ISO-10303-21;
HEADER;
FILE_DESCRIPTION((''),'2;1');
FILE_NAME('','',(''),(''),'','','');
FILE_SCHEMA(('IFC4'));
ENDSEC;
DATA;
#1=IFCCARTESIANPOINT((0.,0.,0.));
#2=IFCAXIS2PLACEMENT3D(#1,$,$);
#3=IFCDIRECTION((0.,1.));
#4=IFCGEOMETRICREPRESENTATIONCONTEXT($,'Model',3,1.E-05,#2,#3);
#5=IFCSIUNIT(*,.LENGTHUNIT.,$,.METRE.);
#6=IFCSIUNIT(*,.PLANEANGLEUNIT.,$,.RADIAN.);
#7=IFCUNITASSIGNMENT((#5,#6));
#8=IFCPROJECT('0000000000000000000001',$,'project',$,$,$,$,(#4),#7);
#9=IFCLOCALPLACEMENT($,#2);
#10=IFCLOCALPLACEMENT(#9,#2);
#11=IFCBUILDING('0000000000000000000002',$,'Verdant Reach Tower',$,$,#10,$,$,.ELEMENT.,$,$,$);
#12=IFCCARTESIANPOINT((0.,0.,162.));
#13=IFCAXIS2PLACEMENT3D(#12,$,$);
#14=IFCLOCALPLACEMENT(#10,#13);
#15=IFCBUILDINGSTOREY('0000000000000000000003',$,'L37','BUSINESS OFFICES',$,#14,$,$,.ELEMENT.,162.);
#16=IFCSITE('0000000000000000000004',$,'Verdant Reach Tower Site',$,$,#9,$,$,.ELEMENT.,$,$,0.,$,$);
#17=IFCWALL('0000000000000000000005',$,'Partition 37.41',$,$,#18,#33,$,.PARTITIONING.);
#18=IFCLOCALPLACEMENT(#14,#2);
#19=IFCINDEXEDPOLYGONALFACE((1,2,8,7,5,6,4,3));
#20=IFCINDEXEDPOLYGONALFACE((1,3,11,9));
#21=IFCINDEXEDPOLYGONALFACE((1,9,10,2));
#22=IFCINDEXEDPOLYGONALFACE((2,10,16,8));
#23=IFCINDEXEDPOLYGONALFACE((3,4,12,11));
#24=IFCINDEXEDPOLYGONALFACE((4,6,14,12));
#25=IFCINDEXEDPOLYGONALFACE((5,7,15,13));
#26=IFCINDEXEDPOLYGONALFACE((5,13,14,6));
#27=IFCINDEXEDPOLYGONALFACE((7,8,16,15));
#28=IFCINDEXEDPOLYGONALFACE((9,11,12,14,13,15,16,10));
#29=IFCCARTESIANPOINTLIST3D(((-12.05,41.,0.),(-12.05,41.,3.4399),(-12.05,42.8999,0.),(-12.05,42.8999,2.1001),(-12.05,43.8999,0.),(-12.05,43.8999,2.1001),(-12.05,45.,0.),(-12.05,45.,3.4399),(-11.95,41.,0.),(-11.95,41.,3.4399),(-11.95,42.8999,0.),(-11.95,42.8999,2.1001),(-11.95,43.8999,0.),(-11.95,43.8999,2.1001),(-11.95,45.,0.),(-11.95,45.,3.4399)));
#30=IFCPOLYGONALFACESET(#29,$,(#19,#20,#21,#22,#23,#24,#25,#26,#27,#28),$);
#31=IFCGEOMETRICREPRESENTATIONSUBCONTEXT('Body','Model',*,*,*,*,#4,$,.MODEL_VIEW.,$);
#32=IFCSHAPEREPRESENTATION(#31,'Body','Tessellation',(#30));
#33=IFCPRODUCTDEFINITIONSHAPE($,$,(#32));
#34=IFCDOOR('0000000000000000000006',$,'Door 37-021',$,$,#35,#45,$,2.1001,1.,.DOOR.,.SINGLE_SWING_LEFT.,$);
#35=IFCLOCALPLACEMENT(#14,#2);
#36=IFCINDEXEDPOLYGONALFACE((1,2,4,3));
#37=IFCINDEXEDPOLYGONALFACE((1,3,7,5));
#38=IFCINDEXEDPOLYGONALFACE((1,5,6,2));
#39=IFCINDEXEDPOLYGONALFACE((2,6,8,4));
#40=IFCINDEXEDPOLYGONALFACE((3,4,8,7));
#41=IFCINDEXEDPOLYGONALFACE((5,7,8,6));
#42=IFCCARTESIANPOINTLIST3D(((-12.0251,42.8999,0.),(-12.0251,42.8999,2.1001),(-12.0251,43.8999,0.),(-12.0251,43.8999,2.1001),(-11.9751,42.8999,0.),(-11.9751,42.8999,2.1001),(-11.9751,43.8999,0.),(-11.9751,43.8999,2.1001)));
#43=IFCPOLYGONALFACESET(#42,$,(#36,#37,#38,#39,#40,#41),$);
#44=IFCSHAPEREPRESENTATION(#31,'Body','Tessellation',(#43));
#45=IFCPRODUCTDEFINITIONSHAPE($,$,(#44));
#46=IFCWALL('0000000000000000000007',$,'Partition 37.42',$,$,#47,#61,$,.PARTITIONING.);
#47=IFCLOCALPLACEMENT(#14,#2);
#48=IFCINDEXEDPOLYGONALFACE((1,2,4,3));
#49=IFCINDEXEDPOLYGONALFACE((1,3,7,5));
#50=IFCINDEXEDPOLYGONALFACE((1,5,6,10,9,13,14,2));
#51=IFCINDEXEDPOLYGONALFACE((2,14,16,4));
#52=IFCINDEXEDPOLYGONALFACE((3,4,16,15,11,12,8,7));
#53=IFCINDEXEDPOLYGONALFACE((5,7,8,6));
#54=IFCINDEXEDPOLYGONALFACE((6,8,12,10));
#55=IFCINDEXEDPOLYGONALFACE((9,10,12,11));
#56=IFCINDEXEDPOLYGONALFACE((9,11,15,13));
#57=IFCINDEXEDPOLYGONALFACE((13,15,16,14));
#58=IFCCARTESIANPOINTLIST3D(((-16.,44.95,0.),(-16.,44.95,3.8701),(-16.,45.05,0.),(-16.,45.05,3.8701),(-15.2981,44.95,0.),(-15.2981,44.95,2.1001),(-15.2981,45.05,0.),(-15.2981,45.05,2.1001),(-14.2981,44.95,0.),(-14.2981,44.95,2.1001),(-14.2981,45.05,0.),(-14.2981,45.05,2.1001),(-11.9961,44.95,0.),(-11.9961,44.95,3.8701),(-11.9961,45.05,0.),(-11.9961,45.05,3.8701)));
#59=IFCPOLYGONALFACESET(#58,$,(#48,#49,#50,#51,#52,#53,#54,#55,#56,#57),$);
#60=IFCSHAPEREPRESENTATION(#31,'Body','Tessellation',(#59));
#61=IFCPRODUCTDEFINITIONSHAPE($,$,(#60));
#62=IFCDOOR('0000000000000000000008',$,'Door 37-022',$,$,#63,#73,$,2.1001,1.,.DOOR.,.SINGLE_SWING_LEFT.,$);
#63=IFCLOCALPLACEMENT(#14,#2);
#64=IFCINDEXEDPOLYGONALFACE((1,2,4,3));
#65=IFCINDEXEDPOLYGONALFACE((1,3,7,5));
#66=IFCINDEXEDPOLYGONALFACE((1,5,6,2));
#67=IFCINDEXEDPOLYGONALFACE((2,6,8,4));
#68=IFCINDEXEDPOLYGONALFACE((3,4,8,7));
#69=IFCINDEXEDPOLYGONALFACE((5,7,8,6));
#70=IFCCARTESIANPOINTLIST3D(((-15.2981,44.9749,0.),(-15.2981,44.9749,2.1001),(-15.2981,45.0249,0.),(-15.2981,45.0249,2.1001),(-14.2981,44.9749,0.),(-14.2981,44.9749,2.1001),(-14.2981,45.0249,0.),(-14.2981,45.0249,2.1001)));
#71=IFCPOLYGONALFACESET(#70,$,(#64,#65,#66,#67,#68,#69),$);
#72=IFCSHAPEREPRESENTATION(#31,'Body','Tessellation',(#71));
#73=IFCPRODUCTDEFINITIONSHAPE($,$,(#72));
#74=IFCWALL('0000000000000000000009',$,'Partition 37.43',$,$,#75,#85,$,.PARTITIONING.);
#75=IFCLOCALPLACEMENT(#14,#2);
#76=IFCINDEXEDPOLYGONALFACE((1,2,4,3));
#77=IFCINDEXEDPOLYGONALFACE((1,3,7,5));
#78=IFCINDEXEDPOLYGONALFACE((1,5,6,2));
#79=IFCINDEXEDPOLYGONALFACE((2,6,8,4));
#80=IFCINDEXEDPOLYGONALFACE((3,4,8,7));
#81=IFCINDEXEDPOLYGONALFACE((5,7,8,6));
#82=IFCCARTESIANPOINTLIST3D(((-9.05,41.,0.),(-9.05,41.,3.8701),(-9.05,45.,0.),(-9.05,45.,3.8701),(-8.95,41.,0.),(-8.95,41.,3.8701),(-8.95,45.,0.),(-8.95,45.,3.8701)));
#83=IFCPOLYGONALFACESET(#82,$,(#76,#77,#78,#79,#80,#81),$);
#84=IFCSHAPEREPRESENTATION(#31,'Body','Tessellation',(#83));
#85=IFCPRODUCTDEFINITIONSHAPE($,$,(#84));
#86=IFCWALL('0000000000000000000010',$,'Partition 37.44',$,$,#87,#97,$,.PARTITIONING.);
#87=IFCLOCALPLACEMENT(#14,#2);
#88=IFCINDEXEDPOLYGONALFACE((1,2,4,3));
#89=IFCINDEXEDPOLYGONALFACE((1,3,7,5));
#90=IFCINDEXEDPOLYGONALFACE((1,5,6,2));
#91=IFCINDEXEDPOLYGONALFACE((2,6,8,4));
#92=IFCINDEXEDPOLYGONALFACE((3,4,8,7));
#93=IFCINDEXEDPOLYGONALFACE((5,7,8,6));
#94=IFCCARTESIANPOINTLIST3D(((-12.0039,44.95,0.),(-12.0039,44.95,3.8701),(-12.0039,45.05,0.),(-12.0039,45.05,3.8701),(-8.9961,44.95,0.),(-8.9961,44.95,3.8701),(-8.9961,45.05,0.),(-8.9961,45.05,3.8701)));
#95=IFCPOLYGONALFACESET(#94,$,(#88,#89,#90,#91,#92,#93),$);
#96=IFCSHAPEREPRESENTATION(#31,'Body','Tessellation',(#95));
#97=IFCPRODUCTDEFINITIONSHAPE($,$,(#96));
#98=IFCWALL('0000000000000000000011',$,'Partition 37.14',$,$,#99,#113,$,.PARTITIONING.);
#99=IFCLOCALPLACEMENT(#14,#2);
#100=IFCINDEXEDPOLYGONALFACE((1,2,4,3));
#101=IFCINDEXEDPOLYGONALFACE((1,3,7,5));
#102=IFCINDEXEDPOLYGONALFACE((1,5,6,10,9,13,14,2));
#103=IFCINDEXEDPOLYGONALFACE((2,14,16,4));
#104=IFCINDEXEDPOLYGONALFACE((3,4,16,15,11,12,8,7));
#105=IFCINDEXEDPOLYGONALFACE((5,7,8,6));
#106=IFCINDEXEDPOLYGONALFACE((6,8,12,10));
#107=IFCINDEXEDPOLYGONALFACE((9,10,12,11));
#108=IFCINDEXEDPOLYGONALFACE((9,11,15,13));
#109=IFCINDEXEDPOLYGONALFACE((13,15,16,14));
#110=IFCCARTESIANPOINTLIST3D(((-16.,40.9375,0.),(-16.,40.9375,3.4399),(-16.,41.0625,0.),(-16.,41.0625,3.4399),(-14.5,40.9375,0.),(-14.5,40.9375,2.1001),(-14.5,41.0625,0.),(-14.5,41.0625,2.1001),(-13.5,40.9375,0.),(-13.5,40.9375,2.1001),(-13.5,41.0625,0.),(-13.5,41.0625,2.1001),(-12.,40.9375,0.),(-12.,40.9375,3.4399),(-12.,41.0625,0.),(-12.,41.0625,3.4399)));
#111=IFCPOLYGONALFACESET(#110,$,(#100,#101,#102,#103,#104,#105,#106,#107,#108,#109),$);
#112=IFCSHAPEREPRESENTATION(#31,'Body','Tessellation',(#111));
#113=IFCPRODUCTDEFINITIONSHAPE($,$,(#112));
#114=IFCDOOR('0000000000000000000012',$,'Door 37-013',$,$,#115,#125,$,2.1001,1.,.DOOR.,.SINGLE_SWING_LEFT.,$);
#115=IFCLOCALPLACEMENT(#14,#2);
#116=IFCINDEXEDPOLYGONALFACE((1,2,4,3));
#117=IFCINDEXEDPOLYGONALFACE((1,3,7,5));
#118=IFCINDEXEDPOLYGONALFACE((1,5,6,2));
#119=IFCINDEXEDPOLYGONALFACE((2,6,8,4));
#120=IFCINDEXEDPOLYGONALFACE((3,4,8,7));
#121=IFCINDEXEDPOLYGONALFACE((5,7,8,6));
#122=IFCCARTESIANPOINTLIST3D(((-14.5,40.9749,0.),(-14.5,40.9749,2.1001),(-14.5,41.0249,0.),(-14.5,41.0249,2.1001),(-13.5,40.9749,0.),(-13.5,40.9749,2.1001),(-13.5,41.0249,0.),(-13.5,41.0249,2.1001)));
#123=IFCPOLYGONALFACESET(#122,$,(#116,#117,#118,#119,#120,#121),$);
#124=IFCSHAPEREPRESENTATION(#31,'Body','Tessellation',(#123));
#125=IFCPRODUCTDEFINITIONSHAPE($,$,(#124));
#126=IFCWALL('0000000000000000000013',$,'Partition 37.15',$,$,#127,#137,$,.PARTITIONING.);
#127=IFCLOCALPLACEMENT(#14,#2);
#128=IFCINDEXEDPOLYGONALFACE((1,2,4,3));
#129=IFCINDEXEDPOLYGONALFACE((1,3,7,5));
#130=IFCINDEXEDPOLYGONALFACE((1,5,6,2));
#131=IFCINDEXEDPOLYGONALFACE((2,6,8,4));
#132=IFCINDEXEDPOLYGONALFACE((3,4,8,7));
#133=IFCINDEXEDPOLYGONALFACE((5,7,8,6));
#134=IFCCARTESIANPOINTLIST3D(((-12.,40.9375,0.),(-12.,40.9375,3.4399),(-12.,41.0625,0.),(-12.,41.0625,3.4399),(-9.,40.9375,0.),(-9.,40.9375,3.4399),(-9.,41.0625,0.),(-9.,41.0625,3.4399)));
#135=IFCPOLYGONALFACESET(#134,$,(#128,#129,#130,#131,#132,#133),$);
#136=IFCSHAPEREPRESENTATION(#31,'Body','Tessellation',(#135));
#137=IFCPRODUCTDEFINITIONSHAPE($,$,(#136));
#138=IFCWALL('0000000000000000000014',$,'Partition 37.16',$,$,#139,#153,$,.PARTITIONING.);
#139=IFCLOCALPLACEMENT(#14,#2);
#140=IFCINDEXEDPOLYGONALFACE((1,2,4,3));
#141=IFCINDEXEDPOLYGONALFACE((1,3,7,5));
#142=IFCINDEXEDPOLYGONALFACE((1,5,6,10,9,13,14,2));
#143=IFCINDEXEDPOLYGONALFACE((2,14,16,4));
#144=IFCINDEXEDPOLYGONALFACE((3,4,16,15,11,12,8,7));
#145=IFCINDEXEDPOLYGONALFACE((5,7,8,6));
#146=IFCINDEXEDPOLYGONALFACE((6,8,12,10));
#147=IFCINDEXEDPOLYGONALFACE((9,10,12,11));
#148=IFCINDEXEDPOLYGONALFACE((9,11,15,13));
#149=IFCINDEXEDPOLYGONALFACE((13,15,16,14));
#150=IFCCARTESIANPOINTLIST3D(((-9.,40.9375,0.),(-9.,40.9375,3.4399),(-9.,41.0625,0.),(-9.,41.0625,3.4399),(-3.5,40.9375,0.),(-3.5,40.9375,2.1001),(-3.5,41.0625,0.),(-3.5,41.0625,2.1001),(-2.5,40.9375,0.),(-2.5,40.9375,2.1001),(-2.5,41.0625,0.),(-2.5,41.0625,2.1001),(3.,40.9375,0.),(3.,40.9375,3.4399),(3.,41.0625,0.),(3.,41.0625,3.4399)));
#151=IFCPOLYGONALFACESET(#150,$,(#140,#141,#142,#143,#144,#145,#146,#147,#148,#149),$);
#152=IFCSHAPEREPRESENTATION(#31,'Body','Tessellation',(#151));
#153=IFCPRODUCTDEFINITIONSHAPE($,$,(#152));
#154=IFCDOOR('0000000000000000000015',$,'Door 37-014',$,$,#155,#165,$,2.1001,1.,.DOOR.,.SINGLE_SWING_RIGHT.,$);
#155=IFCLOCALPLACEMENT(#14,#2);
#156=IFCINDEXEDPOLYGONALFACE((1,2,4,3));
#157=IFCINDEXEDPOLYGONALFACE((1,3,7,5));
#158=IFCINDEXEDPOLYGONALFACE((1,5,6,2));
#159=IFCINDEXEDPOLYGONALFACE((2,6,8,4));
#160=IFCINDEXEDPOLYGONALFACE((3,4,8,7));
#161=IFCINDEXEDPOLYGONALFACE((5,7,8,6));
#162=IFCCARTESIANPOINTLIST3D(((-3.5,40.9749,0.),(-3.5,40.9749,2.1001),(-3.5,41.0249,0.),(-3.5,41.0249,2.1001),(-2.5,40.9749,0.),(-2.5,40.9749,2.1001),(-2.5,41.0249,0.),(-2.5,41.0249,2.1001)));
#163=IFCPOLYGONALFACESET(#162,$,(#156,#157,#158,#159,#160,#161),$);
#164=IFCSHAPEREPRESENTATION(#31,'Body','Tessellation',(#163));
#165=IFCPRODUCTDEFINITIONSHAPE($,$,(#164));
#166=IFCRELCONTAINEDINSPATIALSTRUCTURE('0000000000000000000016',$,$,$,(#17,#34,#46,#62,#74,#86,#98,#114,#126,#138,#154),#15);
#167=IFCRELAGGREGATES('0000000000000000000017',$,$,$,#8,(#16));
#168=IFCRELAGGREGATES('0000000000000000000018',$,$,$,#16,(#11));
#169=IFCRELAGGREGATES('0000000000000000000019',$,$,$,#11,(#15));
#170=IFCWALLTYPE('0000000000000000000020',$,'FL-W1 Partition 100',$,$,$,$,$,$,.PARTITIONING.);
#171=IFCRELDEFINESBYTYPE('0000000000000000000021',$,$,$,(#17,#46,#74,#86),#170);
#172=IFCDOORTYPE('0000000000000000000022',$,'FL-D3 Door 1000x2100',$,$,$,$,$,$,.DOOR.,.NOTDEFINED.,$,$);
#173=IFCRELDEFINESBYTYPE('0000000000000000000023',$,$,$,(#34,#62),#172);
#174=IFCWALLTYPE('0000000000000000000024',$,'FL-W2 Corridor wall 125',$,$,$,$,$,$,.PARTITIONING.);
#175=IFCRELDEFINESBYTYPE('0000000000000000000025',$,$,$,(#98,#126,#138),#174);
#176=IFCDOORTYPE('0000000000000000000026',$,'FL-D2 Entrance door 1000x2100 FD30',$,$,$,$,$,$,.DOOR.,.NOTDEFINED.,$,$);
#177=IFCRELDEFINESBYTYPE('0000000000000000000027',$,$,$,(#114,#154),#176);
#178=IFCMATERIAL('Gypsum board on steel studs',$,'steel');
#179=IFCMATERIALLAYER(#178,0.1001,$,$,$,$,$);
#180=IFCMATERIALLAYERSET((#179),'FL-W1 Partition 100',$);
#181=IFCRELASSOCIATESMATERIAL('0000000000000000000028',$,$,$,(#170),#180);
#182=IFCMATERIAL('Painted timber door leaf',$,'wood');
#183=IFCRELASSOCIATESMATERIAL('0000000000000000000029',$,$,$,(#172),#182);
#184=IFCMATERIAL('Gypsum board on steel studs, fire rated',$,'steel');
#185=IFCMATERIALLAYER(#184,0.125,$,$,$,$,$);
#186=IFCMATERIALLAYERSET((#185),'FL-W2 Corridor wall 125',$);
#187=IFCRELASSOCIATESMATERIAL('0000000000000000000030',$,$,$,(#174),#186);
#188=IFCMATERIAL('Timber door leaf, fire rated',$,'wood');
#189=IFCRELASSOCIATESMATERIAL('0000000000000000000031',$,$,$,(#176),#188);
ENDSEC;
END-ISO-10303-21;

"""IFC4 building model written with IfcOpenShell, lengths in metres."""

from ifc_helpers import new_model, si_unit, direction, frame, frame_2d, origin, place, context, subcontext, project, spatial, rectangle, extrude, material, layer, layer_set, type_object, element, fill, save


model = new_model("IFC4")

# Units and contexts
model_context = context("Model", 3, precision=1e-05, world=origin(), true_north=direction((0.0, 1.0)))
body_context = subcontext(model_context, "Body", "Model", "MODEL_VIEW")
ifc_project = project(units=[si_unit("LENGTHUNIT", "METRE"), si_unit("PLANEANGLEUNIT", "RADIAN")], contexts=[model_context])

# Site, building, storey
site_placement = place(None, origin())
site = spatial("IfcSite", under=ifc_project, at=site_placement, Name="Verdant Reach Tower Site", CompositionType="ELEMENT", RefElevation=0.0)
building_placement = place(site_placement, origin())
building = spatial("IfcBuilding", under=site, at=building_placement, Name="Verdant Reach Tower", CompositionType="ELEMENT")
storey_placement = place(building_placement, frame((0.0, 0.0, 162.0)))
storey = spatial("IfcBuildingStorey", under=building, at=storey_placement, Name="L37", Description="BUSINESS OFFICES", CompositionType="ELEMENT", Elevation=162.0)

# Shared definitions
ifc_material_1 = material(Name="Gypsum board on steel studs", Category="steel")
ifc_layer_1 = layer(ifc_material_1, 0.1001)
ifc_layer_set_1 = layer_set([ifc_layer_1], Name="FL-W1 Partition 100")
wall_type_1 = type_object("IfcWallType", Name="FL-W1 Partition 100", PredefinedType="PARTITIONING", material=ifc_layer_set_1)

# Walls, openings, doors
wall_1_placement = place(storey_placement, frame((-12.0, 45.0, 0.0), z_axis=(0.0, 0.0, 1.0), x_axis=(0.0, -1.0, 0.0)))
wall_1 = element("IfcWall", 1, at=wall_1_placement, inside=storey, type_object=wall_type_1, Name="Partition 37.41", PredefinedType="PARTITIONING", context=body_context, shape_type="SweptSolid", body=[
    extrude(rectangle(XDim=4.0, YDim=0.1001, at=frame_2d((2.0, 0.0))), origin(), (0.0, 0.0, 1.0), 3.4399),
])
opening_1_placement = place(wall_1_placement, frame((1.1001, 0.0, 0.0)))
opening_1 = element("IfcOpeningElement", 2, at=opening_1_placement, cuts=wall_1, PredefinedType="OPENING", context=body_context, shape_type="SweptSolid", body=[
    extrude(rectangle(XDim=1.0, YDim=2.1001, at=frame_2d((0.5, 1.05))), frame((0.0, 0.0601, 0.0), z_axis=(0.0, -1.0, 0.0), x_axis=(1.0, 0.0, 0.0)), (0.0, 0.0, 1.0), 0.1201),
])
ifc_material_2 = material(Name="Painted timber door leaf", Category="wood")
door_type_1 = type_object("IfcDoorType", Name="FL-D3 Door 1000x2100", OperationType="NOTDEFINED", PredefinedType="DOOR", material=ifc_material_2)
door_1_placement = place(opening_1_placement, origin())
door_1 = element("IfcDoor", 3, at=door_1_placement, inside=storey, type_object=door_type_1, Name="Door 37-021", OperationType="SINGLE_SWING_LEFT", OverallHeight=2.1001, OverallWidth=1.0, PredefinedType="DOOR", context=body_context, shape_type="SweptSolid", body=[
    extrude(rectangle(XDim=1.0, YDim=2.1001, at=frame_2d((0.5, 1.05))), frame((0.0, 0.0249, 0.0), z_axis=(0.0, -1.0, 0.0), x_axis=(1.0, 0.0, 0.0)), (0.0, 0.0, 1.0), 0.05),
])
fill(opening_1, door_1)
wall_2_placement = place(storey_placement, frame((-16.0, 45.0, 0.0), z_axis=(0.0, 0.0, 1.0), x_axis=(1.0, 0.0, 0.0)))
wall_2 = element("IfcWall", 4, at=wall_2_placement, inside=storey, type_object=wall_type_1, Name="Partition 37.42", PredefinedType="PARTITIONING", context=body_context, shape_type="SweptSolid", body=[
    extrude(rectangle(XDim=4.0039, YDim=0.1001, at=frame_2d((2.002, 0.0))), origin(), (0.0, 0.0, 1.0), 3.8701),
])
opening_2_placement = place(wall_2_placement, frame((0.7019, 0.0, 0.0)))
opening_2 = element("IfcOpeningElement", 5, at=opening_2_placement, cuts=wall_2, PredefinedType="OPENING", context=body_context, shape_type="SweptSolid", body=[
    extrude(rectangle(XDim=1.0, YDim=2.1001, at=frame_2d((0.5, 1.05))), frame((0.0, 0.0601, 0.0), z_axis=(0.0, -1.0, 0.0), x_axis=(1.0, 0.0, 0.0)), (0.0, 0.0, 1.0), 0.1201),
])
door_2_placement = place(opening_2_placement, origin())
door_2 = element("IfcDoor", 6, at=door_2_placement, inside=storey, type_object=door_type_1, Name="Door 37-022", OperationType="SINGLE_SWING_LEFT", OverallHeight=2.1001, OverallWidth=1.0, PredefinedType="DOOR", context=body_context, shape_type="SweptSolid", body=[
    extrude(rectangle(XDim=1.0, YDim=2.1001, at=frame_2d((0.5, 1.05))), frame((0.0, 0.0249, 0.0), z_axis=(0.0, -1.0, 0.0), x_axis=(1.0, 0.0, 0.0)), (0.0, 0.0, 1.0), 0.05),
])
fill(opening_2, door_2)

# Walls
wall_3_placement = place(storey_placement, frame((-9.0, 41.0, 0.0), z_axis=(0.0, 0.0, 1.0), x_axis=(0.0, 1.0, 0.0)))
element("IfcWall", 7, at=wall_3_placement, inside=storey, type_object=wall_type_1, Name="Partition 37.43", PredefinedType="PARTITIONING", context=body_context, shape_type="SweptSolid", body=[
    extrude(rectangle(XDim=4.0, YDim=0.1001, at=frame_2d((2.0, 0.0))), origin(), (0.0, 0.0, 1.0), 3.8701),
])
wall_4_placement = place(storey_placement, frame((-8.9961, 45.0, 0.0), z_axis=(0.0, 0.0, 1.0), x_axis=(-1.0, 0.0, 0.0)))
element("IfcWall", 8, at=wall_4_placement, inside=storey, type_object=wall_type_1, Name="Partition 37.44", PredefinedType="PARTITIONING", context=body_context, shape_type="SweptSolid", body=[
    extrude(rectangle(XDim=3.0078, YDim=0.1001, at=frame_2d((1.5039, 0.0))), origin(), (0.0, 0.0, 1.0), 3.8701),
])

# Wall, opening, door
ifc_material_3 = material(Name="Gypsum board on steel studs, fire rated", Category="steel")
ifc_layer_2 = layer(ifc_material_3, 0.125)
ifc_layer_set_2 = layer_set([ifc_layer_2], Name="FL-W2 Corridor wall 125")
wall_type_2 = type_object("IfcWallType", Name="FL-W2 Corridor wall 125", PredefinedType="PARTITIONING", material=ifc_layer_set_2)
wall_5_placement = place(storey_placement, frame((-16.0, 41.0, 0.0), z_axis=(0.0, 0.0, 1.0), x_axis=(1.0, 0.0, 0.0)))
wall_5 = element("IfcWall", 9, at=wall_5_placement, inside=storey, type_object=wall_type_2, Name="Partition 37.14", PredefinedType="PARTITIONING", context=body_context, shape_type="SweptSolid", body=[
    extrude(rectangle(XDim=4.0, YDim=0.125, at=frame_2d((2.0, 0.0))), origin(), (0.0, 0.0, 1.0), 3.4399),
])
opening_3_placement = place(wall_5_placement, frame((1.5, 0.0, 0.0)))
opening_3 = element("IfcOpeningElement", 10, at=opening_3_placement, cuts=wall_5, PredefinedType="OPENING", context=body_context, shape_type="SweptSolid", body=[
    extrude(rectangle(XDim=1.0, YDim=2.1001, at=frame_2d((0.5, 1.05))), frame((0.0, 0.0725, 0.0), z_axis=(0.0, -1.0, 0.0), x_axis=(1.0, 0.0, 0.0)), (0.0, 0.0, 1.0), 0.145),
])
ifc_material_4 = material(Name="Timber door leaf, fire rated", Category="wood")
door_type_2 = type_object("IfcDoorType", Name="FL-D2 Entrance door 1000x2100 FD30", OperationType="NOTDEFINED", PredefinedType="DOOR", material=ifc_material_4)
door_3_placement = place(opening_3_placement, origin())
door_3 = element("IfcDoor", 11, at=door_3_placement, inside=storey, type_object=door_type_2, Name="Door 37-013", OperationType="SINGLE_SWING_LEFT", OverallHeight=2.1001, OverallWidth=1.0, PredefinedType="DOOR", context=body_context, shape_type="SweptSolid", body=[
    extrude(rectangle(XDim=1.0, YDim=2.1001, at=frame_2d((0.5, 1.05))), frame((0.0, 0.0249, 0.0), z_axis=(0.0, -1.0, 0.0), x_axis=(1.0, 0.0, 0.0)), (0.0, 0.0, 1.0), 0.05),
])
fill(opening_3, door_3)

# Wall
wall_6_placement = place(storey_placement, frame((-9.0, 41.0, 0.0), z_axis=(0.0, 0.0, 1.0), x_axis=(-1.0, 0.0, 0.0)))
element("IfcWall", 12, at=wall_6_placement, inside=storey, type_object=wall_type_2, Name="Partition 37.15", PredefinedType="PARTITIONING", context=body_context, shape_type="SweptSolid", body=[
    extrude(rectangle(XDim=3.0, YDim=0.125, at=frame_2d((1.5, 0.0))), origin(), (0.0, 0.0, 1.0), 3.4399),
])

# Wall, opening, door
wall_7_placement = place(storey_placement, frame((-9.0, 41.0, 0.0), z_axis=(0.0, 0.0, 1.0), x_axis=(1.0, 0.0, 0.0)))
wall_7 = element("IfcWall", 13, at=wall_7_placement, inside=storey, type_object=wall_type_2, Name="Partition 37.16", PredefinedType="PARTITIONING", context=body_context, shape_type="SweptSolid", body=[
    extrude(rectangle(XDim=12.0, YDim=0.125, at=frame_2d((6.0, 0.0))), origin(), (0.0, 0.0, 1.0), 3.4399),
])
opening_4_placement = place(wall_7_placement, frame((5.5, 0.0, 0.0)))
opening_4 = element("IfcOpeningElement", 14, at=opening_4_placement, cuts=wall_7, PredefinedType="OPENING", context=body_context, shape_type="SweptSolid", body=[
    extrude(rectangle(XDim=1.0, YDim=2.1001, at=frame_2d((0.5, 1.05))), frame((0.0, 0.0725, 0.0), z_axis=(0.0, -1.0, 0.0), x_axis=(1.0, 0.0, 0.0)), (0.0, 0.0, 1.0), 0.145),
])
door_4_placement = place(opening_4_placement, origin())
door_4 = element("IfcDoor", 15, at=door_4_placement, inside=storey, type_object=door_type_2, Name="Door 37-014", OperationType="SINGLE_SWING_RIGHT", OverallHeight=2.1001, OverallWidth=1.0, PredefinedType="DOOR", context=body_context, shape_type="SweptSolid", body=[
    extrude(rectangle(XDim=1.0, YDim=2.1001, at=frame_2d((0.5, 1.05))), frame((0.0, 0.0249, 0.0), z_axis=(0.0, -1.0, 0.0), x_axis=(1.0, 0.0, 0.0)), (0.0, 0.0, 1.0), 0.05),
])
fill(opening_4, door_4)

save(model, "model.ifc")
